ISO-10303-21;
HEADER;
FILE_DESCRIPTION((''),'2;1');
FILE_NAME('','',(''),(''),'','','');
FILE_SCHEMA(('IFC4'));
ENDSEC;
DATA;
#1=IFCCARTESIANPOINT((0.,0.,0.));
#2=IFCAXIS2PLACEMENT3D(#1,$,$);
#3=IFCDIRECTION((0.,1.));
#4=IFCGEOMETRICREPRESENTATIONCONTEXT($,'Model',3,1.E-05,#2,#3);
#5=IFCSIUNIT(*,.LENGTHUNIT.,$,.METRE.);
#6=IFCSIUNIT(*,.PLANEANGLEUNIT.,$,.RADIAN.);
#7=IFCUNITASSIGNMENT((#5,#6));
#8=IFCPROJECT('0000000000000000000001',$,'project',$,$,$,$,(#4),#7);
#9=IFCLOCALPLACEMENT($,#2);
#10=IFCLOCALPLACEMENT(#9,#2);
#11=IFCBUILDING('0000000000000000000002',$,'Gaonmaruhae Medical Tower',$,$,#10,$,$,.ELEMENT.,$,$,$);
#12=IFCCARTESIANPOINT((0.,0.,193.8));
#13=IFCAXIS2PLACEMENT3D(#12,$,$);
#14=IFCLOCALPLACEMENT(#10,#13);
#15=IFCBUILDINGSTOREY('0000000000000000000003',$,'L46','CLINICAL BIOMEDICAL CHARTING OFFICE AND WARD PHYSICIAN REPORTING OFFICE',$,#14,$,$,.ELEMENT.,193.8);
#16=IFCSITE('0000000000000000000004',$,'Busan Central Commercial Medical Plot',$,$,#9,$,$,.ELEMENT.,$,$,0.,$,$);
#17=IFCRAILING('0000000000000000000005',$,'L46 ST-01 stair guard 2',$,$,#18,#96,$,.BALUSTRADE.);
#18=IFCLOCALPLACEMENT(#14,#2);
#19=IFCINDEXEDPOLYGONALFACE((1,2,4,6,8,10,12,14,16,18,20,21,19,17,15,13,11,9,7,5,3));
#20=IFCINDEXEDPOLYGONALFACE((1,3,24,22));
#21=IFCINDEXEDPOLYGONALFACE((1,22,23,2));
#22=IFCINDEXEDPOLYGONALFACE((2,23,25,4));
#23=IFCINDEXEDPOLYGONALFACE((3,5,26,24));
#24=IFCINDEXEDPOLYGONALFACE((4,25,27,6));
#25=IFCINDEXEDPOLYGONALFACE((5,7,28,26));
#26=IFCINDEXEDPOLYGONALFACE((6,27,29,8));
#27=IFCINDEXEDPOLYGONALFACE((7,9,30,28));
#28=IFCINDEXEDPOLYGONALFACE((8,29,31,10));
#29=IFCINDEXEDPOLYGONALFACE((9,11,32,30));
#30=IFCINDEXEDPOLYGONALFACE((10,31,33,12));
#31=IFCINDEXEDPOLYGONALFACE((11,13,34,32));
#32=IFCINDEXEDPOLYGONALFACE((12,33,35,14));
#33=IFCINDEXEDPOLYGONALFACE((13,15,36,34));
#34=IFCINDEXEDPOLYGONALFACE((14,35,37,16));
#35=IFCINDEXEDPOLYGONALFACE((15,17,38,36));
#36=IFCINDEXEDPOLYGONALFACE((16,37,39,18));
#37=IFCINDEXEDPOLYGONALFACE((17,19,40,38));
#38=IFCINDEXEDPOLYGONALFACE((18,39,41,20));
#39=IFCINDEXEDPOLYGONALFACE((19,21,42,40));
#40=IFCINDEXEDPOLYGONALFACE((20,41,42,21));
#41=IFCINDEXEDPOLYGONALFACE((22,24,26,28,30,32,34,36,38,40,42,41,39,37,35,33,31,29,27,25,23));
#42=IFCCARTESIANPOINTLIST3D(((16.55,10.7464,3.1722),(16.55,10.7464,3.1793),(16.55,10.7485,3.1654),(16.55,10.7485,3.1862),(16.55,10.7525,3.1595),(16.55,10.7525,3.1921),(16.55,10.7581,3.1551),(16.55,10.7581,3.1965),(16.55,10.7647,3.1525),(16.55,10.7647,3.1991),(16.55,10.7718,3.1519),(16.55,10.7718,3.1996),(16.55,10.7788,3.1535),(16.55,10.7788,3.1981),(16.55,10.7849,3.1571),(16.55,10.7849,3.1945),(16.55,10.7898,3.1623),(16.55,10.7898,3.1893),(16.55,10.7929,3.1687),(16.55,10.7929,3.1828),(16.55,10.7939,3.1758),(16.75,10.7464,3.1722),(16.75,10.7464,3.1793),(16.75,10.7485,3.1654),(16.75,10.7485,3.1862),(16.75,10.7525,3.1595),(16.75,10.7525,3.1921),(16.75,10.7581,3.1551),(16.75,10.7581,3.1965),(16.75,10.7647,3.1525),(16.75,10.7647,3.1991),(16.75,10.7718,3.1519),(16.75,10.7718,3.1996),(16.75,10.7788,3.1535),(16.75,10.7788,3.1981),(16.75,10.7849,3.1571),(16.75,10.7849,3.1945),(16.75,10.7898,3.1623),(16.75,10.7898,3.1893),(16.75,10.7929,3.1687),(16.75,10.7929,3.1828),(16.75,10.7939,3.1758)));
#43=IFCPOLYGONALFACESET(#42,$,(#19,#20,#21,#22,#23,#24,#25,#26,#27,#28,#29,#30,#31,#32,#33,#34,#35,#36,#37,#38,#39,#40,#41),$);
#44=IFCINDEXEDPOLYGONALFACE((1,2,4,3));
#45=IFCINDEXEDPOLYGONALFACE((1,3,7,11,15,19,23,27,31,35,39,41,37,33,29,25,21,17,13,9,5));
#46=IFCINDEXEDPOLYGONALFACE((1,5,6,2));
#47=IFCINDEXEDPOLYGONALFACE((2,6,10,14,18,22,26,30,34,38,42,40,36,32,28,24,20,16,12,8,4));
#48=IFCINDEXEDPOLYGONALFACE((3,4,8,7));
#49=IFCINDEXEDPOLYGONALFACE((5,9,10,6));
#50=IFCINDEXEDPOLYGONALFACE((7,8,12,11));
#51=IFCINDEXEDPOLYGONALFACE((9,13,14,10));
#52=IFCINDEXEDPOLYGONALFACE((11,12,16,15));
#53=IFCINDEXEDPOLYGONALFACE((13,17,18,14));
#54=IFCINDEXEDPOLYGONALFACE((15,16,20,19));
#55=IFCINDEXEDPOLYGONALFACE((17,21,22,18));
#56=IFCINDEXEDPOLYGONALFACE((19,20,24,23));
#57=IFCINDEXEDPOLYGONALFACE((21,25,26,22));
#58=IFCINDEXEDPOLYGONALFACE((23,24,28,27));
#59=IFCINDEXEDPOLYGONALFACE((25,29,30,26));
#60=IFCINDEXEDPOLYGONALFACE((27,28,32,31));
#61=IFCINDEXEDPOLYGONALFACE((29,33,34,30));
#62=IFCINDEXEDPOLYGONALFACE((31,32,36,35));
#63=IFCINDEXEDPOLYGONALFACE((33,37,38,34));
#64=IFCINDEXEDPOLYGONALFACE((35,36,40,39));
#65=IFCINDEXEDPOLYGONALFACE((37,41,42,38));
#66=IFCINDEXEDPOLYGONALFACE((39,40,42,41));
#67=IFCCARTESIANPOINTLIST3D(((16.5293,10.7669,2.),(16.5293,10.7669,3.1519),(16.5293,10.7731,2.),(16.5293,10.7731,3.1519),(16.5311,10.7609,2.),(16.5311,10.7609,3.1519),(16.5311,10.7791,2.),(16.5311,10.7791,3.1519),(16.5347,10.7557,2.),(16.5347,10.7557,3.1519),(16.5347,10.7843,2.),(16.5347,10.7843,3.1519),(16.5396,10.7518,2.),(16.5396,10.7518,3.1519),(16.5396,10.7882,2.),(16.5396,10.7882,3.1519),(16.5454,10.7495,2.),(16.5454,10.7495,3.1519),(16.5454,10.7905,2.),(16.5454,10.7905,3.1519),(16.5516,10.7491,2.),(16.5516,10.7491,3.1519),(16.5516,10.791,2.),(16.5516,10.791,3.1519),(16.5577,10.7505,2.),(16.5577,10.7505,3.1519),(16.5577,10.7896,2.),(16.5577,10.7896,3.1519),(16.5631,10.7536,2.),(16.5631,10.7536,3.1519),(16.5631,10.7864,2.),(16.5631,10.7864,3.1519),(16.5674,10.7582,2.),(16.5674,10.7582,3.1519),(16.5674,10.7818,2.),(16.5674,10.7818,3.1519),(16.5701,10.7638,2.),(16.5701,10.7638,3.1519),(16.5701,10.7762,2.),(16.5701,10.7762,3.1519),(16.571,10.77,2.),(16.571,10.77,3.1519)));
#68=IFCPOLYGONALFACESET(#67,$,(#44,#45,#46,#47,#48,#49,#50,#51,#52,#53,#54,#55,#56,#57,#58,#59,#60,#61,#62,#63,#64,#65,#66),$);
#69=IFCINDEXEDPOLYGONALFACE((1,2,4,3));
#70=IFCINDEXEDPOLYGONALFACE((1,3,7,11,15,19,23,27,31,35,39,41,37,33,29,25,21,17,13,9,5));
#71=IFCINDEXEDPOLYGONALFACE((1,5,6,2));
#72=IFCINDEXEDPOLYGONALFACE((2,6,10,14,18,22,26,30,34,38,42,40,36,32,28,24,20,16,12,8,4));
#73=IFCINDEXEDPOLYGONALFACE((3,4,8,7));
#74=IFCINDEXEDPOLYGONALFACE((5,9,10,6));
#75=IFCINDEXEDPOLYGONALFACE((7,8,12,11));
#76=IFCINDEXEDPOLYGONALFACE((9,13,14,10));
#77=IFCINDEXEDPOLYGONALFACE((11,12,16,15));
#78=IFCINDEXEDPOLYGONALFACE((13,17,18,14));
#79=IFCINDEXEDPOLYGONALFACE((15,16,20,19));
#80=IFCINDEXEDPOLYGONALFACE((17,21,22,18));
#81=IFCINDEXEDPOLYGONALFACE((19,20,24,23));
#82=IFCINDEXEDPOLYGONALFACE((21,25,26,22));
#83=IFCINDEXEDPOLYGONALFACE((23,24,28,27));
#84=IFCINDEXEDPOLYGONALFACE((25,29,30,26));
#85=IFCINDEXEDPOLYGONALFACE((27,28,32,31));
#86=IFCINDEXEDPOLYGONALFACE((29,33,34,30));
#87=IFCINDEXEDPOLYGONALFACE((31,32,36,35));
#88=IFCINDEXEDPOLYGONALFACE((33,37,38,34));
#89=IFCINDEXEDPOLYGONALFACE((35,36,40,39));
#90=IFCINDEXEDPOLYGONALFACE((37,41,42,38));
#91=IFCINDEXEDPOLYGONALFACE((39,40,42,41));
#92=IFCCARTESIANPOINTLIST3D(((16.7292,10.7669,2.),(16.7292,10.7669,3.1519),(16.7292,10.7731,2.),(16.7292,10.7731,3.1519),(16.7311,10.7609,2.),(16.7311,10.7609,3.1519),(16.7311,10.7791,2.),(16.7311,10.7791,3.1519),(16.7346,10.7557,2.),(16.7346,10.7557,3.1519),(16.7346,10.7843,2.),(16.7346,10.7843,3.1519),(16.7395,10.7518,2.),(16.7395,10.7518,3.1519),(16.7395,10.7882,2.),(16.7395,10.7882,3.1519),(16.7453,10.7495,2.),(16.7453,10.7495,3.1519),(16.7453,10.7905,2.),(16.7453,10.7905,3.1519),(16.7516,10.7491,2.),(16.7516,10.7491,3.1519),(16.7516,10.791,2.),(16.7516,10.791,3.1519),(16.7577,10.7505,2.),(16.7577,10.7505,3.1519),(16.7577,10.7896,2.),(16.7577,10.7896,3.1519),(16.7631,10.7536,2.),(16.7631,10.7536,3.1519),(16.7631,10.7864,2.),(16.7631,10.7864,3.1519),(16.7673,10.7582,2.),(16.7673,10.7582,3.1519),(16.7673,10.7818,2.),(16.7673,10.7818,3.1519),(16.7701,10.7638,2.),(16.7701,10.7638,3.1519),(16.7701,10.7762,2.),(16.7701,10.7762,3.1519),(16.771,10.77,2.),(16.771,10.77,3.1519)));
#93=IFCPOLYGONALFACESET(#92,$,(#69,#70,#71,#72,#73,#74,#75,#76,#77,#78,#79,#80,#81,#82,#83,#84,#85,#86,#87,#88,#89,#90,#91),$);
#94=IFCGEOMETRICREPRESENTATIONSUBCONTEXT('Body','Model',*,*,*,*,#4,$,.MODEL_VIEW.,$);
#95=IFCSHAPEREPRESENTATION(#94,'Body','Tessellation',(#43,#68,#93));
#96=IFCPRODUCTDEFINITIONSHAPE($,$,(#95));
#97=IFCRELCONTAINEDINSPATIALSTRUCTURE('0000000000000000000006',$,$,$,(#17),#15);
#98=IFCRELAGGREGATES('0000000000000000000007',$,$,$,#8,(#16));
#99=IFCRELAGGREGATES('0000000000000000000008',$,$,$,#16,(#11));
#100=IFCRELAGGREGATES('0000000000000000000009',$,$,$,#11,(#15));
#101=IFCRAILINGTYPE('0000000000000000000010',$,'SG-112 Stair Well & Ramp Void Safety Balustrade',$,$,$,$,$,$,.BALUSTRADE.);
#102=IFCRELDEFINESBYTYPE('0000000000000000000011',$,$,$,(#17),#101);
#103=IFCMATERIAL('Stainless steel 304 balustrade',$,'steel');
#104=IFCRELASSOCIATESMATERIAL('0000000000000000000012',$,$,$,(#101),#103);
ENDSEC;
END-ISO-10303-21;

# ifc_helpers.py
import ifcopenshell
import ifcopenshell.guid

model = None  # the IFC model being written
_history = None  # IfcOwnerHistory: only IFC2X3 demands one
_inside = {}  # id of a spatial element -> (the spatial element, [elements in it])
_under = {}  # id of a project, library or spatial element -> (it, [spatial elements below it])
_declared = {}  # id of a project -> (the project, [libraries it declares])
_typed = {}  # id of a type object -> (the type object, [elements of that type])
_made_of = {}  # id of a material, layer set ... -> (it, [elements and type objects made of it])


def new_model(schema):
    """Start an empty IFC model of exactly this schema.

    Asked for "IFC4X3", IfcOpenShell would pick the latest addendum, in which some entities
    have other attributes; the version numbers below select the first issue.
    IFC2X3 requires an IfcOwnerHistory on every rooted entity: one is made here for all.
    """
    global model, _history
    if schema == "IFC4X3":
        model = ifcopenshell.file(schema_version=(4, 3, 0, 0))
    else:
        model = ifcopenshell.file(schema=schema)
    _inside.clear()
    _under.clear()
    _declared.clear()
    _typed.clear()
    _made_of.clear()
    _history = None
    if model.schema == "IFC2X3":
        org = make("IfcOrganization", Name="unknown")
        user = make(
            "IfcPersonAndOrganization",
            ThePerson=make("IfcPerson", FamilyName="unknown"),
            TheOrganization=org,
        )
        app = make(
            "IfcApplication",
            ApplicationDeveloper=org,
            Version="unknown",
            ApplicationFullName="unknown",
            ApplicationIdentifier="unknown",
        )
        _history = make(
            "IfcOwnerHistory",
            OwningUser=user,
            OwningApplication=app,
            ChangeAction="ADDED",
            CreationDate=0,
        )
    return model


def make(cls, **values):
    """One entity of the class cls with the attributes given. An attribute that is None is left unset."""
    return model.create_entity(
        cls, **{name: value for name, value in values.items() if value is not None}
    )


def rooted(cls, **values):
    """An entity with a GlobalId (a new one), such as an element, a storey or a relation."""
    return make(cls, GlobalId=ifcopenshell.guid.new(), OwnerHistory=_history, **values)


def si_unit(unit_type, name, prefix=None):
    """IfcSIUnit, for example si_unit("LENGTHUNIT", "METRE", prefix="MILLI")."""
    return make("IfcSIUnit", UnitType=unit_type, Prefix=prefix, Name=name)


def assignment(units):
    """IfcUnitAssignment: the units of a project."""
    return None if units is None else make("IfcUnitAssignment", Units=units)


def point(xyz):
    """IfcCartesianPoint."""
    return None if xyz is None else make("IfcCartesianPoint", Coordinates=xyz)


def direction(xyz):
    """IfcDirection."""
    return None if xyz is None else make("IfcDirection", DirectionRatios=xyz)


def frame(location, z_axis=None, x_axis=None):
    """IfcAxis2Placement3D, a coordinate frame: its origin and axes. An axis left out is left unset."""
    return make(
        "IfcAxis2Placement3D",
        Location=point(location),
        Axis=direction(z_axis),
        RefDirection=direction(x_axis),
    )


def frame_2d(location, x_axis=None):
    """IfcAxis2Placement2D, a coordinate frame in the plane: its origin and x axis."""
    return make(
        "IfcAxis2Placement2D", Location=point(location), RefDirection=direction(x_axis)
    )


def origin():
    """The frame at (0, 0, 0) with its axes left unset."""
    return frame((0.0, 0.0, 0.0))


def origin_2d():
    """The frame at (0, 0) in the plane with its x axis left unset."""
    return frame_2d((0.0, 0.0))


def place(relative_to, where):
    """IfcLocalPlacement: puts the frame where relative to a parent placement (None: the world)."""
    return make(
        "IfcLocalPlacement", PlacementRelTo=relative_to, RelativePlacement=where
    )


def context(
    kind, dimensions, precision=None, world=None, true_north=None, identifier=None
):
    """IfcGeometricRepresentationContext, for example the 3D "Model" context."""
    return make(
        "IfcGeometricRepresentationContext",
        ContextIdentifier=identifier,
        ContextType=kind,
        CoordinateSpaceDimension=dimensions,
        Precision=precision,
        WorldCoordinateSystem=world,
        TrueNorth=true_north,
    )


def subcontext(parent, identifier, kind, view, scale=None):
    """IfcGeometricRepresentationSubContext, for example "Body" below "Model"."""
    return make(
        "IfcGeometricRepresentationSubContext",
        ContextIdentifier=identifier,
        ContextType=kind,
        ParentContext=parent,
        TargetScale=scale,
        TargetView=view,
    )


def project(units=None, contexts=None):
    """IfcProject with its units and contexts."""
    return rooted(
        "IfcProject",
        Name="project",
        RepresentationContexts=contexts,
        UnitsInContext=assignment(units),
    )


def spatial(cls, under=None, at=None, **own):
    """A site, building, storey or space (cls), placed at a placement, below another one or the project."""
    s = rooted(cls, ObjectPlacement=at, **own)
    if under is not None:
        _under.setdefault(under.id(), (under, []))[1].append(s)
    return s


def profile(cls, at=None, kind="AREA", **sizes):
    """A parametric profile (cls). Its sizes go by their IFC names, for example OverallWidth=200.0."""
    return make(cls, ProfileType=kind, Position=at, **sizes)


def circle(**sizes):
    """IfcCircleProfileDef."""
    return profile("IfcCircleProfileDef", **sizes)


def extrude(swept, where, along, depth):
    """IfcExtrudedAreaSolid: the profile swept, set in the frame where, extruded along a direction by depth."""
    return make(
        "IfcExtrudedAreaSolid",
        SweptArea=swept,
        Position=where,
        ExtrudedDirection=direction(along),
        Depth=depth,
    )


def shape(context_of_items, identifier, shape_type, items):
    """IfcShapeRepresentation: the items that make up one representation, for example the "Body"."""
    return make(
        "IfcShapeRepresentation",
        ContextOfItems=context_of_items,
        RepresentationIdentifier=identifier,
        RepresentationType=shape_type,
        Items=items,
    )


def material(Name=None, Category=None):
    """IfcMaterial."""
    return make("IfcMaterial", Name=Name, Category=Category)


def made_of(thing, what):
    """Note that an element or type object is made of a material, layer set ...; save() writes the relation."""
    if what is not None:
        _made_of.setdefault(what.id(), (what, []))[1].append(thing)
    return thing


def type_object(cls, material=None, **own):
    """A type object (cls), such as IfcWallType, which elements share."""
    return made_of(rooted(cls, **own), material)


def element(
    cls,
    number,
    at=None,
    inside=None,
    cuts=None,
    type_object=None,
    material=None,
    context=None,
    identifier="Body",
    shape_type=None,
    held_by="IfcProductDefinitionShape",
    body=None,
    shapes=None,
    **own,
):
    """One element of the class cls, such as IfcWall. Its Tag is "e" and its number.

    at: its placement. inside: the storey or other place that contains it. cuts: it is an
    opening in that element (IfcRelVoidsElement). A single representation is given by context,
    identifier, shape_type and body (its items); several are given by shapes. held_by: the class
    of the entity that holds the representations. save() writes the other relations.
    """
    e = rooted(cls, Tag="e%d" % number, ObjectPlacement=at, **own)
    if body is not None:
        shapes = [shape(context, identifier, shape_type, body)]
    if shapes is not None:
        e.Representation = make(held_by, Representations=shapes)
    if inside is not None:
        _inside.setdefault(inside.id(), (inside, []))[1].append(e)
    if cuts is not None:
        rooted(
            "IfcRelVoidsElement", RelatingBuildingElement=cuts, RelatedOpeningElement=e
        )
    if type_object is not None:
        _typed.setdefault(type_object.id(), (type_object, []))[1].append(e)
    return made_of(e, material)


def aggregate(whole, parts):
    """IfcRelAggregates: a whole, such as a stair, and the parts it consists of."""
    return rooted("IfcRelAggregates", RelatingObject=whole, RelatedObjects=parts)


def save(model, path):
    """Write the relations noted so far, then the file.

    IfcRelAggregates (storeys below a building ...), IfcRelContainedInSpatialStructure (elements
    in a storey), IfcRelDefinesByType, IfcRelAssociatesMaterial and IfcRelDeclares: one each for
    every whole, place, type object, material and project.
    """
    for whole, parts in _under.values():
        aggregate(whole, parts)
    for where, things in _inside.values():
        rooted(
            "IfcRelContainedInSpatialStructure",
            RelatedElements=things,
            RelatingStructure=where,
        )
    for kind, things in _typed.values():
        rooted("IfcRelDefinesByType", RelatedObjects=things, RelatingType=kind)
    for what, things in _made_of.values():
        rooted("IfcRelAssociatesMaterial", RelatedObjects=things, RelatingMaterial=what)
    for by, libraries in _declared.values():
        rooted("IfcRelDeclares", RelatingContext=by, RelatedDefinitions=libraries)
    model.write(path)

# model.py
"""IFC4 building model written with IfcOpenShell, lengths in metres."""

from ifc_helpers import new_model, si_unit, direction, frame, origin, origin_2d, place, context, subcontext, project, spatial, circle, extrude, material, type_object, element, save


model = new_model("IFC4")

# Units and contexts
model_context = context("Model", 3, precision=1e-05, world=origin(), true_north=direction((0.0, 1.0)))
body_context = subcontext(model_context, "Body", "Model", "MODEL_VIEW")
ifc_project = project(units=[si_unit("LENGTHUNIT", "METRE"), si_unit("PLANEANGLEUNIT", "RADIAN")], contexts=[model_context])

# Site, building, storey
site_placement = place(None, origin())
site = spatial("IfcSite", under=ifc_project, at=site_placement, Name="Busan Central Commercial Medical Plot", CompositionType="ELEMENT", RefElevation=0.0)
building_placement = place(site_placement, origin())
building = spatial("IfcBuilding", under=site, at=building_placement, Name="Gaonmaruhae Medical Tower", CompositionType="ELEMENT")
storey_placement = place(building_placement, frame((0.0, 0.0, 193.8)))
storey = spatial("IfcBuildingStorey", under=building, at=storey_placement, Name="L46", Description="CLINICAL BIOMEDICAL CHARTING OFFICE AND WARD PHYSICIAN REPORTING OFFICE", CompositionType="ELEMENT", Elevation=193.8)

# Railing
ifc_material_1 = material(Name="Stainless steel 304 balustrade", Category="steel")
railing_type_1 = type_object("IfcRailingType", Name="SG-112 Stair Well & Ramp Void Safety Balustrade", PredefinedType="BALUSTRADE", material=ifc_material_1)
railing_1_placement = place(storey_placement, frame((16.55, 10.77, 2.0)))
element("IfcRailing", 1, at=railing_1_placement, inside=storey, type_object=railing_type_1, Name="L46 ST-01 stair guard 2", PredefinedType="BALUSTRADE", context=body_context, shape_type="SweptSolid", body=[
    extrude(circle(Radius=0.0239, at=origin_2d()), frame((0.0, 0.0, 1.1758), z_axis=(1.0, 0.0, 0.0), x_axis=(0.0, 1.0, 0.0)), (0.0, 0.0, 1.0), 0.2),
    extrude(circle(Radius=0.021, at=origin_2d()), origin(), (0.0, 0.0, 1.0), 1.1519),
    extrude(circle(Radius=0.021, at=origin_2d()), frame((0.2, 0.0, 0.0)), (0.0, 0.0, 1.0), 1.1519),
])

save(model, "model.ifc")
